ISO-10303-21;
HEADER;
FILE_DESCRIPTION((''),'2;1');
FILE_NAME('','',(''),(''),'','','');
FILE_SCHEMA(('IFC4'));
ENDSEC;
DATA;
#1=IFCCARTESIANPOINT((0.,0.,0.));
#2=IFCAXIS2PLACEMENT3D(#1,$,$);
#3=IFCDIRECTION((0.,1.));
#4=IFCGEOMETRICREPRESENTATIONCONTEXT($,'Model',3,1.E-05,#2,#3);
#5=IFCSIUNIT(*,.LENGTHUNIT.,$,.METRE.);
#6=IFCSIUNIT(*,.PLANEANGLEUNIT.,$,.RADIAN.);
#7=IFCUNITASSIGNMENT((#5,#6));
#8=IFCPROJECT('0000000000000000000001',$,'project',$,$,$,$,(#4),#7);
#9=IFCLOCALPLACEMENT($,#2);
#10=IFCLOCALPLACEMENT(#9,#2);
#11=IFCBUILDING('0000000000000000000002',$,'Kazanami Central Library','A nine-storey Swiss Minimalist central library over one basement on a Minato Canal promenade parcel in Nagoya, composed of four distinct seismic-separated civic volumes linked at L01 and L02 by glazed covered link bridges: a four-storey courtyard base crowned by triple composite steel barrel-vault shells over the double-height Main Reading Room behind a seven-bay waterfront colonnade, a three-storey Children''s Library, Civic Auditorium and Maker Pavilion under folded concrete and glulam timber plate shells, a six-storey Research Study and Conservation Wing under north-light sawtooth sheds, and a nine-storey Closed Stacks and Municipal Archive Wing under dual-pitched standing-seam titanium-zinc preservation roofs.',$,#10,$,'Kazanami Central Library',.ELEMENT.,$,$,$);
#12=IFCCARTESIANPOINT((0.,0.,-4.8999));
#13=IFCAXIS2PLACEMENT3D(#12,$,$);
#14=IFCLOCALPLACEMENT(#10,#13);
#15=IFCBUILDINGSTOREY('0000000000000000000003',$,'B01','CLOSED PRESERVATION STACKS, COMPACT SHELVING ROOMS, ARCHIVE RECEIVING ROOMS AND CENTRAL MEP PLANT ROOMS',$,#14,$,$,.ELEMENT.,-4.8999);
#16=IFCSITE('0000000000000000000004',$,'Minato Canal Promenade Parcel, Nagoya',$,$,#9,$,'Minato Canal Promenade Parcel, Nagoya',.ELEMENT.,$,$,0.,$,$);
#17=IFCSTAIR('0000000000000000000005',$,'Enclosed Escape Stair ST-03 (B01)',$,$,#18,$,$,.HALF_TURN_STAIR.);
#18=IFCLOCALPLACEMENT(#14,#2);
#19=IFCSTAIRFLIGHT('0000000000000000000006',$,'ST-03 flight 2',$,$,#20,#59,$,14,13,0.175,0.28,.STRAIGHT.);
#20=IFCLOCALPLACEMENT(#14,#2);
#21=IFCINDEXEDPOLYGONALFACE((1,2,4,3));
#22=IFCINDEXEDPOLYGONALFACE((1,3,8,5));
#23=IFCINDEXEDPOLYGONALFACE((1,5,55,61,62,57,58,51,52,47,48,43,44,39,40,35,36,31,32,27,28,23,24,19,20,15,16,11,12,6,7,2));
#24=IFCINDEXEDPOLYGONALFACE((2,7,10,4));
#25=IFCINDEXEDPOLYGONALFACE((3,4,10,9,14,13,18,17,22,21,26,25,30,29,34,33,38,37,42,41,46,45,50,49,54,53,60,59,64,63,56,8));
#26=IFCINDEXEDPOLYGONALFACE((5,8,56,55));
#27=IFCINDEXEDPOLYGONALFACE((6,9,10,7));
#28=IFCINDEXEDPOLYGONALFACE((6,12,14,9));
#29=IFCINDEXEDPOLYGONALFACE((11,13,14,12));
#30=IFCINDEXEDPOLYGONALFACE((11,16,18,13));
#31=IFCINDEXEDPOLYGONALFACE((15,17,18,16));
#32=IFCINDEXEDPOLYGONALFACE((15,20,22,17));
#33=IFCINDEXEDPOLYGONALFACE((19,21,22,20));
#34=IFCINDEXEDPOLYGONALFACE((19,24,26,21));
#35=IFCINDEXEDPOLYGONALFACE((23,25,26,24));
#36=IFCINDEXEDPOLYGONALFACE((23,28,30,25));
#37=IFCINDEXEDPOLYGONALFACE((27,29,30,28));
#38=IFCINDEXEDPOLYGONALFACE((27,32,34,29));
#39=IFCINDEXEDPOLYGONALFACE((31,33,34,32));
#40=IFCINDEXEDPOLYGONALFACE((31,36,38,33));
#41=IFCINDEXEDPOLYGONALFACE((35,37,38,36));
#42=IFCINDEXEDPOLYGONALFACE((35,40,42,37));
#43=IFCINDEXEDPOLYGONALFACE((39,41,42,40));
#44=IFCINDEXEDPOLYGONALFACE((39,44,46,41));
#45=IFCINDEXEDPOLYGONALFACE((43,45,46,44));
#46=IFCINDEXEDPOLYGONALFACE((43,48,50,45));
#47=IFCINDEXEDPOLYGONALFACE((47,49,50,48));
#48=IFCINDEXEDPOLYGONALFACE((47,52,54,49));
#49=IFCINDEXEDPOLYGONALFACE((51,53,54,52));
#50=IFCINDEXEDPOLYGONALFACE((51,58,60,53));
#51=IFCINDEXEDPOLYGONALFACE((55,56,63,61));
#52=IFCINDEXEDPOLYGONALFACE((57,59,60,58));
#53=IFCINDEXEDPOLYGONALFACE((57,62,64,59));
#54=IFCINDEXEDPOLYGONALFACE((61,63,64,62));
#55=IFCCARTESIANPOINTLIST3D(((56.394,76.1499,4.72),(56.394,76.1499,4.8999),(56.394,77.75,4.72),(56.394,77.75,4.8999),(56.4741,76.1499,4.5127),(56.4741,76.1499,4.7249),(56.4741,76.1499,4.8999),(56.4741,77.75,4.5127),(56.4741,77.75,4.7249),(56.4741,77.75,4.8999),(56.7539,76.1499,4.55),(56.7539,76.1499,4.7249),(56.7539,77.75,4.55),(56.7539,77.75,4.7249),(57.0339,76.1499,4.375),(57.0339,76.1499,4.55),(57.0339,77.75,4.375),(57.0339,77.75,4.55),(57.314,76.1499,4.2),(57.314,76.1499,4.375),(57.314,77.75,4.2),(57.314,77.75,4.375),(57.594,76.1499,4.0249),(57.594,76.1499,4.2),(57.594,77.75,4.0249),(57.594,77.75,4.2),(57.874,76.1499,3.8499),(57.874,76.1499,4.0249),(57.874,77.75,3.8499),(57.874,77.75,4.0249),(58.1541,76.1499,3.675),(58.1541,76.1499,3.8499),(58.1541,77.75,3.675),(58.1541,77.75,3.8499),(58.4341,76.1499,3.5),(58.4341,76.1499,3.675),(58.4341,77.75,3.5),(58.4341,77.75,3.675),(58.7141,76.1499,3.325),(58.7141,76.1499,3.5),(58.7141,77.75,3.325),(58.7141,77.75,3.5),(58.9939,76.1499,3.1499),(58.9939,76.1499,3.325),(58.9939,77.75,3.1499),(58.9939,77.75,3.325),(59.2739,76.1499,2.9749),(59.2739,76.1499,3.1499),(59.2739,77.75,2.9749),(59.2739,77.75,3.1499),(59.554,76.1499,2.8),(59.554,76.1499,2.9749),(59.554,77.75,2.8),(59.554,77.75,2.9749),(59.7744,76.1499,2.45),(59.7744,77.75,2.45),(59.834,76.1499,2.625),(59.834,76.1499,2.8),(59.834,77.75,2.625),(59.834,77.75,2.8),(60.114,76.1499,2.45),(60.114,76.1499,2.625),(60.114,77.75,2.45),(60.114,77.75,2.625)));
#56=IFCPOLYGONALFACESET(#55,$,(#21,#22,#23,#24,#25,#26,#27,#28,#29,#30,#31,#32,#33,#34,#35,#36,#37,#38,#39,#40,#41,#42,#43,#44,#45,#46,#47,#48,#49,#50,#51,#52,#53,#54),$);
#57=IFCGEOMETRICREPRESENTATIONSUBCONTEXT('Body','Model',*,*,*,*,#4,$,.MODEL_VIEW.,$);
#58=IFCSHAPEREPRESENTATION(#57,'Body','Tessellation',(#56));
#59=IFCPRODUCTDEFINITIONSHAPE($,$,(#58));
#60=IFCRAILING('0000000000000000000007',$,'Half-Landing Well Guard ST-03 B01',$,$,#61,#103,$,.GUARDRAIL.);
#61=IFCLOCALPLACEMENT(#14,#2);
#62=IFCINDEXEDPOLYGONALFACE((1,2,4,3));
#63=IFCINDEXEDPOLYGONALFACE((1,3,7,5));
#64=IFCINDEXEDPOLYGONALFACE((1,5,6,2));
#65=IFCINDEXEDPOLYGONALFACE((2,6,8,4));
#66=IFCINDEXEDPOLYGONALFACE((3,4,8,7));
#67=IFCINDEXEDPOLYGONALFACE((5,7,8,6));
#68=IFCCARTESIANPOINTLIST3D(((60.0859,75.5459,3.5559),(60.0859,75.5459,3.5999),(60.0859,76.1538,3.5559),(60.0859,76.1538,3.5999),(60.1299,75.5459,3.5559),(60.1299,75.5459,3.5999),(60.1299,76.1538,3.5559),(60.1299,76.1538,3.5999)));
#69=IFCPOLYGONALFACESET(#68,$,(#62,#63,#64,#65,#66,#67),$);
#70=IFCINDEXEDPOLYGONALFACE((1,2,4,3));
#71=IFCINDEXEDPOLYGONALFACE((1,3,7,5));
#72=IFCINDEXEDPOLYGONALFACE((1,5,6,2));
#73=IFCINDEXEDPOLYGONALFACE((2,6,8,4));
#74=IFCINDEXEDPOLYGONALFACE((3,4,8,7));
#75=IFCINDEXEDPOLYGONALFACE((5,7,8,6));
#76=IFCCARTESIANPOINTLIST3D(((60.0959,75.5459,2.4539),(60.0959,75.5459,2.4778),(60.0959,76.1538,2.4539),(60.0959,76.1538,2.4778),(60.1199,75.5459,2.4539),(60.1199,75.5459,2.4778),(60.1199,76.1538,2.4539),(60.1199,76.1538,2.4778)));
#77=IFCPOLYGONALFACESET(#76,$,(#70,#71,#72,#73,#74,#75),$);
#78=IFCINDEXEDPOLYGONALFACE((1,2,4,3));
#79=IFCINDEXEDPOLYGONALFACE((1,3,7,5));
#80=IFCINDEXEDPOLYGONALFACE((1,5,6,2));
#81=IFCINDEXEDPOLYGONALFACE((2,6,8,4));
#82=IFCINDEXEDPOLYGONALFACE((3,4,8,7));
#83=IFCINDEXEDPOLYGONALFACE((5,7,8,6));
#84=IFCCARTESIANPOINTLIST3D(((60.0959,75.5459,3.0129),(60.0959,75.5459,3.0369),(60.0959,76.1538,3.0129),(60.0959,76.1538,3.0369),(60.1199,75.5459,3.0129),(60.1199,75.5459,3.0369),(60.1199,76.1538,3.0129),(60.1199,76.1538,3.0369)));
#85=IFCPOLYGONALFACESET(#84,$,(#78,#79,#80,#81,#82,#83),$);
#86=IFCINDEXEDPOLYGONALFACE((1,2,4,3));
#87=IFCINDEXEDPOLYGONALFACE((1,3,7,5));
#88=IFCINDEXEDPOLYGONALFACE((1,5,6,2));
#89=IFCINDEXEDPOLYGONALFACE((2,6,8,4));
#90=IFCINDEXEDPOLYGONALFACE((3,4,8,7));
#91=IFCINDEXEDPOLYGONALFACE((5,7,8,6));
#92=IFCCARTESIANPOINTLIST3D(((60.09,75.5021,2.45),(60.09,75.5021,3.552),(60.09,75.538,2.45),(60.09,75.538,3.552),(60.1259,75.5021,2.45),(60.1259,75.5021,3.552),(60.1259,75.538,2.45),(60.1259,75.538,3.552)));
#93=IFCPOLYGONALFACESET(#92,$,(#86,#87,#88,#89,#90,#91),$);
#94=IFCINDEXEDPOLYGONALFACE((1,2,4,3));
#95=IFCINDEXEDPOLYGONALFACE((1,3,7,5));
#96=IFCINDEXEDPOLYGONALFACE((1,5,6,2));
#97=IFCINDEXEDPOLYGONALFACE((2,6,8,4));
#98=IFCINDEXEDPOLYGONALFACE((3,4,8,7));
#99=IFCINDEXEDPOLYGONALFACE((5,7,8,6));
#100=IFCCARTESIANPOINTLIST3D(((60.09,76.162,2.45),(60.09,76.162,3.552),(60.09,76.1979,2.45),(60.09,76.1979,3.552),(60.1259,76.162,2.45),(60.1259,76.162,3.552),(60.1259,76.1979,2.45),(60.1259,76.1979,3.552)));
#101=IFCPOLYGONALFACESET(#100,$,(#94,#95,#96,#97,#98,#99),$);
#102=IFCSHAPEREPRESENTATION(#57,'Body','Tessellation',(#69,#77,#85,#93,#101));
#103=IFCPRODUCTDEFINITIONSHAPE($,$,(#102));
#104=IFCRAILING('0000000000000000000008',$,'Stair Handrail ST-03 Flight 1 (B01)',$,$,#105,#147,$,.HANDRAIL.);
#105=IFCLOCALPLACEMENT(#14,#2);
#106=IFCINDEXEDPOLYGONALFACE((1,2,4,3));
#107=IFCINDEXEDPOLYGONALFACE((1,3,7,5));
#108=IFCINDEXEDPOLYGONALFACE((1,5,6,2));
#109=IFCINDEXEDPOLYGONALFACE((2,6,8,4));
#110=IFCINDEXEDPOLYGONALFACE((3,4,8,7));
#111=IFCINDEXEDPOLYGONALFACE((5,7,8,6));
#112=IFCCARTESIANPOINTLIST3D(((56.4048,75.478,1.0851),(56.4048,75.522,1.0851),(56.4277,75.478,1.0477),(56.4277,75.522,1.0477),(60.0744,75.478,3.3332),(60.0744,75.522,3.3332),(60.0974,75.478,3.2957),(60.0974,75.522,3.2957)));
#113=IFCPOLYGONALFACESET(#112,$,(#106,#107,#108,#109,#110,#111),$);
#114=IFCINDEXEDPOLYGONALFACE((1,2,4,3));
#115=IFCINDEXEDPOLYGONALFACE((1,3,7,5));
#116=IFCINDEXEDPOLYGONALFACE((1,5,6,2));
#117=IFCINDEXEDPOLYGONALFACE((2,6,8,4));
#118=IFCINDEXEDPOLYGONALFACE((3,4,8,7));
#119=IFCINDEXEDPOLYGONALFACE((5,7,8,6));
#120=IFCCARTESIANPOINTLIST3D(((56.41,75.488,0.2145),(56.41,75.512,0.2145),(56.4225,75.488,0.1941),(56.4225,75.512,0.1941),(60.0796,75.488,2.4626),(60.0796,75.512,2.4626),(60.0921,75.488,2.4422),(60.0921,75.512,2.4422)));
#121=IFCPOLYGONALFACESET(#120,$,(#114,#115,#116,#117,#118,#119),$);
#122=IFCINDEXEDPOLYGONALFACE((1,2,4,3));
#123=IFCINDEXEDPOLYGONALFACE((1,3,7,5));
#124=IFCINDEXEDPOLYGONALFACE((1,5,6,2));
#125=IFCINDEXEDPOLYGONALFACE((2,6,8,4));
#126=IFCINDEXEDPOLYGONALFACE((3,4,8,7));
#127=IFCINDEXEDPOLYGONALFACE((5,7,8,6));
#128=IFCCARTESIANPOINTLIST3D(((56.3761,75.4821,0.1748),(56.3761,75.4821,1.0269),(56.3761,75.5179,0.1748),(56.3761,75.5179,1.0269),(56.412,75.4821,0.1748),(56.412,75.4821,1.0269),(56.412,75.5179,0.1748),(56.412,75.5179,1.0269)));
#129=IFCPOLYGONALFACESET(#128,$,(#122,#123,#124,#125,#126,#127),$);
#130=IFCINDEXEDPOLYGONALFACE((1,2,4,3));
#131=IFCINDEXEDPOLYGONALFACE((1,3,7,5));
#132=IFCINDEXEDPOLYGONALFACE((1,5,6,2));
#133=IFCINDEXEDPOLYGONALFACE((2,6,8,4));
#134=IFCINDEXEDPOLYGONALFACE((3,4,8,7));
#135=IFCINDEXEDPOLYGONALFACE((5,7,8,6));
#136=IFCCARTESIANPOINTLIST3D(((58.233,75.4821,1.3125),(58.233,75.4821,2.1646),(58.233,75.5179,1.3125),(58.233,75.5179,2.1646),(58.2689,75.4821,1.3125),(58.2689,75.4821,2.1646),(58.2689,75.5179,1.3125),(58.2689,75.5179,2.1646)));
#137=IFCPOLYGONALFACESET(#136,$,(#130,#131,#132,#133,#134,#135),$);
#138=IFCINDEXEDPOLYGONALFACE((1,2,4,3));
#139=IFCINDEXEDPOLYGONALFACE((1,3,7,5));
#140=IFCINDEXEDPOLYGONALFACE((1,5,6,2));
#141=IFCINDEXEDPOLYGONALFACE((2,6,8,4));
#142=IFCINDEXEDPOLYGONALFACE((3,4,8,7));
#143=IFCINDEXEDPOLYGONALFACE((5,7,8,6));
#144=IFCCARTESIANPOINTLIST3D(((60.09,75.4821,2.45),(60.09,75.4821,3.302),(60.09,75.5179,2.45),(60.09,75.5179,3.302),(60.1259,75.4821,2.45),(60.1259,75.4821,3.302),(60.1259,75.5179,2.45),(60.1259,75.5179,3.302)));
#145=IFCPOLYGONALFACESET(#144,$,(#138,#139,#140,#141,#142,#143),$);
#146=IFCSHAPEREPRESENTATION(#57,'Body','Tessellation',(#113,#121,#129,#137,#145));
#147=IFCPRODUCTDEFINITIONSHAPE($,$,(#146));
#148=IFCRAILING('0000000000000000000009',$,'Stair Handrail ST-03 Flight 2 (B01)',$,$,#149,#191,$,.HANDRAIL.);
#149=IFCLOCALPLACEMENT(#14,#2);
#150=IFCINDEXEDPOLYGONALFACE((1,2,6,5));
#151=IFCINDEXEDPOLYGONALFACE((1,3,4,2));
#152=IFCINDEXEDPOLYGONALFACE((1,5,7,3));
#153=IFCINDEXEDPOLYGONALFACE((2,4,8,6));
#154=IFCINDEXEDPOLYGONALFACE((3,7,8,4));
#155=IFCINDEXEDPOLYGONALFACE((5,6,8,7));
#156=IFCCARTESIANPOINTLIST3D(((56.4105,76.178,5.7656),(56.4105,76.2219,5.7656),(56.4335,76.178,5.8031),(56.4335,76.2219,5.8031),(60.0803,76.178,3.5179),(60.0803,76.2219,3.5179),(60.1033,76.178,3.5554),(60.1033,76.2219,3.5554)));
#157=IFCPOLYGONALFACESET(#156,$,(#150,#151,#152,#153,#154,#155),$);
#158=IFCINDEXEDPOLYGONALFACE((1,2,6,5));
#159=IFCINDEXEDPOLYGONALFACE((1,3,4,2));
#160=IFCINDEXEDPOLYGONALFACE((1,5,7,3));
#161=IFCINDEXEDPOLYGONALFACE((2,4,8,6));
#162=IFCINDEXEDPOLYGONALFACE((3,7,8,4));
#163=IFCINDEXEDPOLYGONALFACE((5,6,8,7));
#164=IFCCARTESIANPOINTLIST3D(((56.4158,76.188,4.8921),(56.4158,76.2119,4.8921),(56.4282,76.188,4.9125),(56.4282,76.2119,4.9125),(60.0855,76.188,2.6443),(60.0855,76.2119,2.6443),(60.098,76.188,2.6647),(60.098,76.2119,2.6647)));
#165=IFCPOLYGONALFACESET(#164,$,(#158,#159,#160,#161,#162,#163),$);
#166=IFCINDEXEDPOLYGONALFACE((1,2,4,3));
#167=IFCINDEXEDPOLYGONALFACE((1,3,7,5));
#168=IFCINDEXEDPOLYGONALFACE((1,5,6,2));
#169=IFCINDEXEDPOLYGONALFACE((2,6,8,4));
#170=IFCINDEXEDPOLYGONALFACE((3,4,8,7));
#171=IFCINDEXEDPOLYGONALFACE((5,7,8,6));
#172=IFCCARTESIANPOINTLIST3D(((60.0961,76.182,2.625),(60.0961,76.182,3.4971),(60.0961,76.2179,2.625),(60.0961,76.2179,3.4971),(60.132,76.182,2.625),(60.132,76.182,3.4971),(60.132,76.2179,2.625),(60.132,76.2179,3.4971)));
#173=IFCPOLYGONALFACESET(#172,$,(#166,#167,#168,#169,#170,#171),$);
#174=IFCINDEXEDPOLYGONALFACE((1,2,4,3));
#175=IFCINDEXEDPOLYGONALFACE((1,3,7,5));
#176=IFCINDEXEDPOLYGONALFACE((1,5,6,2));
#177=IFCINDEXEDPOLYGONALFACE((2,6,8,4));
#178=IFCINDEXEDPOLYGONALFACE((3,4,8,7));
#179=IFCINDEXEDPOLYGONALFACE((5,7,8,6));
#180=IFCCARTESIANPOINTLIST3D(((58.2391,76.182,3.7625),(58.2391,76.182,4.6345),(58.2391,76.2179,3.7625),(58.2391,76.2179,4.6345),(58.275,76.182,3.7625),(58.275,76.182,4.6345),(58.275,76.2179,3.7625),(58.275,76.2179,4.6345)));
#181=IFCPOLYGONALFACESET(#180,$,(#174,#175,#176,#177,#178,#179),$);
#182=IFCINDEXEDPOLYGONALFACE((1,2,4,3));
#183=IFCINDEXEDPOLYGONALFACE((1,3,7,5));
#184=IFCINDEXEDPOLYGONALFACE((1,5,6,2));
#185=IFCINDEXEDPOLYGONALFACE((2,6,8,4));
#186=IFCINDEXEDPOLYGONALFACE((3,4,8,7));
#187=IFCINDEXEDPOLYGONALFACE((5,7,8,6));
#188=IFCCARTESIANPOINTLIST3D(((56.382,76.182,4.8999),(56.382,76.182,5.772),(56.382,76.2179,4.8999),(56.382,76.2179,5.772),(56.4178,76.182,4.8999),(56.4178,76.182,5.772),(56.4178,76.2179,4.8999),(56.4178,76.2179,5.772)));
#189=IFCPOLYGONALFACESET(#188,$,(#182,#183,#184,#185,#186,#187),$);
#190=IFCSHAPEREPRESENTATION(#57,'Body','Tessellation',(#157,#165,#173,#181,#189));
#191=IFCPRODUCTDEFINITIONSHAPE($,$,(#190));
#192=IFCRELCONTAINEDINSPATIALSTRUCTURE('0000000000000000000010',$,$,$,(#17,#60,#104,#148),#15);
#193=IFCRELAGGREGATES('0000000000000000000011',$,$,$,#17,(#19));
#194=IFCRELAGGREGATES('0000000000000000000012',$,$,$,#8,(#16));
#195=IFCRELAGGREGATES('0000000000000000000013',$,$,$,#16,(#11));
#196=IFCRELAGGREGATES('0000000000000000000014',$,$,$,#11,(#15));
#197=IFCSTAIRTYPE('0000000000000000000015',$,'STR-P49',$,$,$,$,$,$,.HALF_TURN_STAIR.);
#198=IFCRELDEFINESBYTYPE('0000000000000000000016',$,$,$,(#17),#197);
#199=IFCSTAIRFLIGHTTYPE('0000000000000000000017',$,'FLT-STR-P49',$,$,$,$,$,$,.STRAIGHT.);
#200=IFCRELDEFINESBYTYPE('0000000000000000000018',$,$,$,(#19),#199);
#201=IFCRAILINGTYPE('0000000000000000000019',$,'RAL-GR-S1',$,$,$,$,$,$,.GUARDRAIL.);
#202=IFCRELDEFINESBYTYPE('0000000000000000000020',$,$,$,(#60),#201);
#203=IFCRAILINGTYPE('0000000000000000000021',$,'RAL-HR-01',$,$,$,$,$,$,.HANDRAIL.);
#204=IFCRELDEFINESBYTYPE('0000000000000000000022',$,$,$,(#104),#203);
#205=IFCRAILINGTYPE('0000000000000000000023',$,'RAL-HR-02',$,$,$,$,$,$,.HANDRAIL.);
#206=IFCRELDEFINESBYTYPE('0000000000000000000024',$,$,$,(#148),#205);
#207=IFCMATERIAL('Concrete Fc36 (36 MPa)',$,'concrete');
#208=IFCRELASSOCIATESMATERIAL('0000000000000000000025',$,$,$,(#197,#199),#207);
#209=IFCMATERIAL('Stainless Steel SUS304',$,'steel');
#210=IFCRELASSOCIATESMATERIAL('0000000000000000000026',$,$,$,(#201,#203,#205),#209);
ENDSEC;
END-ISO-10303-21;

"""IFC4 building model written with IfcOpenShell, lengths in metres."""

from ifc_helpers import new_model, si_unit, direction, frame, origin, origin_2d, place, context, subcontext, project, spatial, polyline, rectangle, outline, extrude, material, type_object, element, aggregate, save


model = new_model("IFC4")

# Units and contexts
model_context = context("Model", 3, precision=1e-05, world=origin(), true_north=direction((0.0, 1.0)))
body_context = subcontext(model_context, "Body", "Model", "MODEL_VIEW")
ifc_project = project(units=[si_unit("LENGTHUNIT", "METRE"), si_unit("PLANEANGLEUNIT", "RADIAN")], contexts=[model_context])

# Site, building, storey
site_placement = place(None, origin())
site = spatial("IfcSite", under=ifc_project, at=site_placement, Name="Minato Canal Promenade Parcel, Nagoya", LongName="Minato Canal Promenade Parcel, Nagoya", CompositionType="ELEMENT", RefElevation=0.0)
building_placement = place(site_placement, origin())
building = spatial("IfcBuilding", under=site, at=building_placement, Name="Kazanami Central Library", Description="A nine-storey Swiss Minimalist central library over one basement on a Minato Canal promenade parcel in Nagoya, composed of four distinct seismic-separated civic volumes linked at L01 and L02 by glazed covered link bridges: a four-storey courtyard base crowned by triple composite steel barrel-vault shells over the double-height Main Reading Room behind a seven-bay waterfront colonnade, a three-storey Children's Library, Civic Auditorium and Maker Pavilion under folded concrete and glulam timber plate shells, a six-storey Research Study and Conservation Wing under north-light sawtooth sheds, and a nine-storey Closed Stacks and Municipal Archive Wing under dual-pitched standing-seam titanium-zinc preservation roofs.", LongName="Kazanami Central Library", CompositionType="ELEMENT")
storey_placement = place(building_placement, frame((0.0, 0.0, -4.8999)))
storey = spatial("IfcBuildingStorey", under=building, at=storey_placement, Name="B01", Description="CLOSED PRESERVATION STACKS, COMPACT SHELVING ROOMS, ARCHIVE RECEIVING ROOMS AND CENTRAL MEP PLANT ROOMS", CompositionType="ELEMENT", Elevation=-4.8999)

# Shared definitions
ifc_material_1 = material(Name="Concrete Fc36 (36 MPa)", Category="concrete")

# Stair, stair flight
stair_type = type_object("IfcStairType", Name="STR-P49", PredefinedType="HALF_TURN_STAIR", material=ifc_material_1)
stair_placement = place(storey_placement, origin())
stair = element("IfcStair", 1, at=stair_placement, inside=storey, type_object=stair_type, Name="Enclosed Escape Stair ST-03 (B01)", PredefinedType="HALF_TURN_STAIR")
stair_flight_type = type_object("IfcStairFlightType", Name="FLT-STR-P49", PredefinedType="STRAIGHT", material=ifc_material_1)
stair_flight_1_placement = place(storey_placement, frame((60.114, 76.95, 2.45), z_axis=(0.0, 0.0, 1.0), x_axis=(-1.0, 0.0, 0.0)))
stair_flight_1 = element("IfcStairFlight", 2, at=stair_flight_1_placement, type_object=stair_flight_type, Name="ST-03 flight 2", NumberOfRisers=14, NumberOfTreads=13, PredefinedType="STRAIGHT", RiserHeight=0.175, TreadLength=0.28, context=body_context, shape_type="SweptSolid", body=[
    extrude(outline(polyline([(0.0, 0.0), (0.0, 0.175), (0.28, 0.175), (0.28, 0.3501), (0.5601, 0.3501), (0.5601, 0.5249), (0.8401, 0.5249), (0.8401, 0.7), (1.1201, 0.7), (1.1201, 0.875), (1.3999, 0.875), (1.3999, 1.05), (1.6799, 1.05), (1.6799, 1.2251), (1.96, 1.2251), (1.96, 1.3999), (2.24, 1.3999), (2.24, 1.575), (2.52, 1.575), (2.52, 1.75), (2.8, 1.75), (2.8, 1.925), (3.0801, 1.925), (3.0801, 2.1001), (3.3601, 2.1001), (3.3601, 2.2749), (3.6399, 2.2749), (3.6399, 2.45), (3.72, 2.45), (3.72, 2.27), (3.6399, 2.0627), (0.3396, 0.0), (0.0, 0.0)])), frame((0.0, 0.8, 0.0), z_axis=(0.0, -1.0, 0.0), x_axis=(1.0, 0.0, 0.0)), (0.0, 0.0, 1.0), 1.6001),
])
aggregate(stair, [stair_flight_1])

# Railings
ifc_material_2 = material(Name="Stainless Steel SUS304", Category="steel")
railing_type_1 = type_object("IfcRailingType", Name="RAL-GR-S1", PredefinedType="GUARDRAIL", material=ifc_material_2)
railing_1_placement = place(storey_placement, frame((60.1079, 75.52, 2.45)))
element("IfcRailing", 3, at=railing_1_placement, inside=storey, type_object=railing_type_1, Name="Half-Landing Well Guard ST-03 B01", PredefinedType="GUARDRAIL", context=body_context, shape_type="SweptSolid", body=[
    extrude(rectangle(XDim=0.0439, YDim=0.0439, at=origin_2d()), frame((0.0, 0.0259, 1.1279), z_axis=(0.0, 1.0, 0.0), x_axis=(-1.0, 0.0, 0.0)), (0.0, 0.0, 1.0), 0.6079),
    extrude(rectangle(XDim=0.0239, YDim=0.0239, at=origin_2d()), frame((0.0, 0.0259, 0.0159), z_axis=(0.0, 1.0, 0.0), x_axis=(-1.0, 0.0, 0.0)), (0.0, 0.0, 1.0), 0.6079),
    extrude(rectangle(XDim=0.0239, YDim=0.0239, at=origin_2d()), frame((0.0, 0.0259, 0.575), z_axis=(0.0, 1.0, 0.0), x_axis=(-1.0, 0.0, 0.0)), (0.0, 0.0, 1.0), 0.6079),
    extrude(rectangle(XDim=0.0359, YDim=0.0359, at=origin_2d()), origin(), (0.0, 0.0, 1.0), 1.1021),
    extrude(rectangle(XDim=0.0359, YDim=0.0359, at=origin_2d()), frame((0.0, 0.6599, 0.0)), (0.0, 0.0, 1.0), 1.1021),
])
railing_type_2 = type_object("IfcRailingType", Name="RAL-HR-01", PredefinedType="HANDRAIL", material=ifc_material_2)
railing_2_placement = place(storey_placement, frame((56.394, 75.5, 0.1748)))
element("IfcRailing", 4, at=railing_2_placement, inside=storey, type_object=railing_type_2, Name="Stair Handrail ST-03 Flight 1 (B01)", PredefinedType="HANDRAIL", context=body_context, shape_type="SweptSolid", body=[
    extrude(rectangle(XDim=0.0439, YDim=0.0439, at=origin_2d()), frame((0.0222, 0.0, 0.8916), z_axis=(0.852713, 0.0, 0.522379), x_axis=(0.0, 1.0, 0.0)), (0.0, 0.0, 1.0), 4.3035),
    extrude(rectangle(XDim=0.0239, YDim=0.0239, at=origin_2d()), frame((0.0222, 0.0, 0.0295), z_axis=(0.852713, 0.0, 0.522379), x_axis=(0.0, 1.0, 0.0)), (0.0, 0.0, 1.0), 4.3035),
    extrude(rectangle(XDim=0.0359, YDim=0.0359, at=origin_2d()), origin(), (0.0, 0.0, 1.0), 0.8521),
    extrude(rectangle(XDim=0.0359, YDim=0.0359, at=origin_2d()), frame((1.8569, 0.0, 1.1377)), (0.0, 0.0, 1.0), 0.8521),
    extrude(rectangle(XDim=0.0359, YDim=0.0359, at=origin_2d()), frame((3.7139, 0.0, 2.2751)), (0.0, 0.0, 1.0), 0.8521),
])
railing_type_3 = type_object("IfcRailingType", Name="RAL-HR-02", PredefinedType="HANDRAIL", material=ifc_material_2)
railing_3_placement = place(storey_placement, frame((60.114, 76.2, 2.625)))
element("IfcRailing", 5, at=railing_3_placement, inside=storey, type_object=railing_type_3, Name="Stair Handrail ST-03 Flight 2 (B01)", PredefinedType="HANDRAIL", context=body_context, shape_type="SweptSolid", body=[
    extrude(rectangle(XDim=0.0439, YDim=0.0439, at=origin_2d()), frame((-0.0222, 0.0, 0.9116), z_axis=(-0.852753, 0.0, 0.522314), x_axis=(0.0, -1.0, 0.0)), (0.0, 0.0, 1.0), 4.3035),
    extrude(rectangle(XDim=0.0239, YDim=0.0239, at=origin_2d()), frame((-0.0222, 0.0, 0.0295), z_axis=(-0.852753, 0.0, 0.522314), x_axis=(0.0, -1.0, 0.0)), (0.0, 0.0, 1.0), 4.3035),
    extrude(rectangle(XDim=0.0359, YDim=0.0359, at=origin_2d()), origin(), (0.0, 0.0, 1.0), 0.8721),
    extrude(rectangle(XDim=0.0359, YDim=0.0359, at=origin_2d()), frame((-1.8569, 0.0, 1.1375)), (0.0, 0.0, 1.0), 0.8721),
    extrude(rectangle(XDim=0.0359, YDim=0.0359, at=origin_2d()), frame((-3.7141, 0.0, 2.2749)), (0.0, 0.0, 1.0), 0.8721),
])

save(model, "model.ifc")
